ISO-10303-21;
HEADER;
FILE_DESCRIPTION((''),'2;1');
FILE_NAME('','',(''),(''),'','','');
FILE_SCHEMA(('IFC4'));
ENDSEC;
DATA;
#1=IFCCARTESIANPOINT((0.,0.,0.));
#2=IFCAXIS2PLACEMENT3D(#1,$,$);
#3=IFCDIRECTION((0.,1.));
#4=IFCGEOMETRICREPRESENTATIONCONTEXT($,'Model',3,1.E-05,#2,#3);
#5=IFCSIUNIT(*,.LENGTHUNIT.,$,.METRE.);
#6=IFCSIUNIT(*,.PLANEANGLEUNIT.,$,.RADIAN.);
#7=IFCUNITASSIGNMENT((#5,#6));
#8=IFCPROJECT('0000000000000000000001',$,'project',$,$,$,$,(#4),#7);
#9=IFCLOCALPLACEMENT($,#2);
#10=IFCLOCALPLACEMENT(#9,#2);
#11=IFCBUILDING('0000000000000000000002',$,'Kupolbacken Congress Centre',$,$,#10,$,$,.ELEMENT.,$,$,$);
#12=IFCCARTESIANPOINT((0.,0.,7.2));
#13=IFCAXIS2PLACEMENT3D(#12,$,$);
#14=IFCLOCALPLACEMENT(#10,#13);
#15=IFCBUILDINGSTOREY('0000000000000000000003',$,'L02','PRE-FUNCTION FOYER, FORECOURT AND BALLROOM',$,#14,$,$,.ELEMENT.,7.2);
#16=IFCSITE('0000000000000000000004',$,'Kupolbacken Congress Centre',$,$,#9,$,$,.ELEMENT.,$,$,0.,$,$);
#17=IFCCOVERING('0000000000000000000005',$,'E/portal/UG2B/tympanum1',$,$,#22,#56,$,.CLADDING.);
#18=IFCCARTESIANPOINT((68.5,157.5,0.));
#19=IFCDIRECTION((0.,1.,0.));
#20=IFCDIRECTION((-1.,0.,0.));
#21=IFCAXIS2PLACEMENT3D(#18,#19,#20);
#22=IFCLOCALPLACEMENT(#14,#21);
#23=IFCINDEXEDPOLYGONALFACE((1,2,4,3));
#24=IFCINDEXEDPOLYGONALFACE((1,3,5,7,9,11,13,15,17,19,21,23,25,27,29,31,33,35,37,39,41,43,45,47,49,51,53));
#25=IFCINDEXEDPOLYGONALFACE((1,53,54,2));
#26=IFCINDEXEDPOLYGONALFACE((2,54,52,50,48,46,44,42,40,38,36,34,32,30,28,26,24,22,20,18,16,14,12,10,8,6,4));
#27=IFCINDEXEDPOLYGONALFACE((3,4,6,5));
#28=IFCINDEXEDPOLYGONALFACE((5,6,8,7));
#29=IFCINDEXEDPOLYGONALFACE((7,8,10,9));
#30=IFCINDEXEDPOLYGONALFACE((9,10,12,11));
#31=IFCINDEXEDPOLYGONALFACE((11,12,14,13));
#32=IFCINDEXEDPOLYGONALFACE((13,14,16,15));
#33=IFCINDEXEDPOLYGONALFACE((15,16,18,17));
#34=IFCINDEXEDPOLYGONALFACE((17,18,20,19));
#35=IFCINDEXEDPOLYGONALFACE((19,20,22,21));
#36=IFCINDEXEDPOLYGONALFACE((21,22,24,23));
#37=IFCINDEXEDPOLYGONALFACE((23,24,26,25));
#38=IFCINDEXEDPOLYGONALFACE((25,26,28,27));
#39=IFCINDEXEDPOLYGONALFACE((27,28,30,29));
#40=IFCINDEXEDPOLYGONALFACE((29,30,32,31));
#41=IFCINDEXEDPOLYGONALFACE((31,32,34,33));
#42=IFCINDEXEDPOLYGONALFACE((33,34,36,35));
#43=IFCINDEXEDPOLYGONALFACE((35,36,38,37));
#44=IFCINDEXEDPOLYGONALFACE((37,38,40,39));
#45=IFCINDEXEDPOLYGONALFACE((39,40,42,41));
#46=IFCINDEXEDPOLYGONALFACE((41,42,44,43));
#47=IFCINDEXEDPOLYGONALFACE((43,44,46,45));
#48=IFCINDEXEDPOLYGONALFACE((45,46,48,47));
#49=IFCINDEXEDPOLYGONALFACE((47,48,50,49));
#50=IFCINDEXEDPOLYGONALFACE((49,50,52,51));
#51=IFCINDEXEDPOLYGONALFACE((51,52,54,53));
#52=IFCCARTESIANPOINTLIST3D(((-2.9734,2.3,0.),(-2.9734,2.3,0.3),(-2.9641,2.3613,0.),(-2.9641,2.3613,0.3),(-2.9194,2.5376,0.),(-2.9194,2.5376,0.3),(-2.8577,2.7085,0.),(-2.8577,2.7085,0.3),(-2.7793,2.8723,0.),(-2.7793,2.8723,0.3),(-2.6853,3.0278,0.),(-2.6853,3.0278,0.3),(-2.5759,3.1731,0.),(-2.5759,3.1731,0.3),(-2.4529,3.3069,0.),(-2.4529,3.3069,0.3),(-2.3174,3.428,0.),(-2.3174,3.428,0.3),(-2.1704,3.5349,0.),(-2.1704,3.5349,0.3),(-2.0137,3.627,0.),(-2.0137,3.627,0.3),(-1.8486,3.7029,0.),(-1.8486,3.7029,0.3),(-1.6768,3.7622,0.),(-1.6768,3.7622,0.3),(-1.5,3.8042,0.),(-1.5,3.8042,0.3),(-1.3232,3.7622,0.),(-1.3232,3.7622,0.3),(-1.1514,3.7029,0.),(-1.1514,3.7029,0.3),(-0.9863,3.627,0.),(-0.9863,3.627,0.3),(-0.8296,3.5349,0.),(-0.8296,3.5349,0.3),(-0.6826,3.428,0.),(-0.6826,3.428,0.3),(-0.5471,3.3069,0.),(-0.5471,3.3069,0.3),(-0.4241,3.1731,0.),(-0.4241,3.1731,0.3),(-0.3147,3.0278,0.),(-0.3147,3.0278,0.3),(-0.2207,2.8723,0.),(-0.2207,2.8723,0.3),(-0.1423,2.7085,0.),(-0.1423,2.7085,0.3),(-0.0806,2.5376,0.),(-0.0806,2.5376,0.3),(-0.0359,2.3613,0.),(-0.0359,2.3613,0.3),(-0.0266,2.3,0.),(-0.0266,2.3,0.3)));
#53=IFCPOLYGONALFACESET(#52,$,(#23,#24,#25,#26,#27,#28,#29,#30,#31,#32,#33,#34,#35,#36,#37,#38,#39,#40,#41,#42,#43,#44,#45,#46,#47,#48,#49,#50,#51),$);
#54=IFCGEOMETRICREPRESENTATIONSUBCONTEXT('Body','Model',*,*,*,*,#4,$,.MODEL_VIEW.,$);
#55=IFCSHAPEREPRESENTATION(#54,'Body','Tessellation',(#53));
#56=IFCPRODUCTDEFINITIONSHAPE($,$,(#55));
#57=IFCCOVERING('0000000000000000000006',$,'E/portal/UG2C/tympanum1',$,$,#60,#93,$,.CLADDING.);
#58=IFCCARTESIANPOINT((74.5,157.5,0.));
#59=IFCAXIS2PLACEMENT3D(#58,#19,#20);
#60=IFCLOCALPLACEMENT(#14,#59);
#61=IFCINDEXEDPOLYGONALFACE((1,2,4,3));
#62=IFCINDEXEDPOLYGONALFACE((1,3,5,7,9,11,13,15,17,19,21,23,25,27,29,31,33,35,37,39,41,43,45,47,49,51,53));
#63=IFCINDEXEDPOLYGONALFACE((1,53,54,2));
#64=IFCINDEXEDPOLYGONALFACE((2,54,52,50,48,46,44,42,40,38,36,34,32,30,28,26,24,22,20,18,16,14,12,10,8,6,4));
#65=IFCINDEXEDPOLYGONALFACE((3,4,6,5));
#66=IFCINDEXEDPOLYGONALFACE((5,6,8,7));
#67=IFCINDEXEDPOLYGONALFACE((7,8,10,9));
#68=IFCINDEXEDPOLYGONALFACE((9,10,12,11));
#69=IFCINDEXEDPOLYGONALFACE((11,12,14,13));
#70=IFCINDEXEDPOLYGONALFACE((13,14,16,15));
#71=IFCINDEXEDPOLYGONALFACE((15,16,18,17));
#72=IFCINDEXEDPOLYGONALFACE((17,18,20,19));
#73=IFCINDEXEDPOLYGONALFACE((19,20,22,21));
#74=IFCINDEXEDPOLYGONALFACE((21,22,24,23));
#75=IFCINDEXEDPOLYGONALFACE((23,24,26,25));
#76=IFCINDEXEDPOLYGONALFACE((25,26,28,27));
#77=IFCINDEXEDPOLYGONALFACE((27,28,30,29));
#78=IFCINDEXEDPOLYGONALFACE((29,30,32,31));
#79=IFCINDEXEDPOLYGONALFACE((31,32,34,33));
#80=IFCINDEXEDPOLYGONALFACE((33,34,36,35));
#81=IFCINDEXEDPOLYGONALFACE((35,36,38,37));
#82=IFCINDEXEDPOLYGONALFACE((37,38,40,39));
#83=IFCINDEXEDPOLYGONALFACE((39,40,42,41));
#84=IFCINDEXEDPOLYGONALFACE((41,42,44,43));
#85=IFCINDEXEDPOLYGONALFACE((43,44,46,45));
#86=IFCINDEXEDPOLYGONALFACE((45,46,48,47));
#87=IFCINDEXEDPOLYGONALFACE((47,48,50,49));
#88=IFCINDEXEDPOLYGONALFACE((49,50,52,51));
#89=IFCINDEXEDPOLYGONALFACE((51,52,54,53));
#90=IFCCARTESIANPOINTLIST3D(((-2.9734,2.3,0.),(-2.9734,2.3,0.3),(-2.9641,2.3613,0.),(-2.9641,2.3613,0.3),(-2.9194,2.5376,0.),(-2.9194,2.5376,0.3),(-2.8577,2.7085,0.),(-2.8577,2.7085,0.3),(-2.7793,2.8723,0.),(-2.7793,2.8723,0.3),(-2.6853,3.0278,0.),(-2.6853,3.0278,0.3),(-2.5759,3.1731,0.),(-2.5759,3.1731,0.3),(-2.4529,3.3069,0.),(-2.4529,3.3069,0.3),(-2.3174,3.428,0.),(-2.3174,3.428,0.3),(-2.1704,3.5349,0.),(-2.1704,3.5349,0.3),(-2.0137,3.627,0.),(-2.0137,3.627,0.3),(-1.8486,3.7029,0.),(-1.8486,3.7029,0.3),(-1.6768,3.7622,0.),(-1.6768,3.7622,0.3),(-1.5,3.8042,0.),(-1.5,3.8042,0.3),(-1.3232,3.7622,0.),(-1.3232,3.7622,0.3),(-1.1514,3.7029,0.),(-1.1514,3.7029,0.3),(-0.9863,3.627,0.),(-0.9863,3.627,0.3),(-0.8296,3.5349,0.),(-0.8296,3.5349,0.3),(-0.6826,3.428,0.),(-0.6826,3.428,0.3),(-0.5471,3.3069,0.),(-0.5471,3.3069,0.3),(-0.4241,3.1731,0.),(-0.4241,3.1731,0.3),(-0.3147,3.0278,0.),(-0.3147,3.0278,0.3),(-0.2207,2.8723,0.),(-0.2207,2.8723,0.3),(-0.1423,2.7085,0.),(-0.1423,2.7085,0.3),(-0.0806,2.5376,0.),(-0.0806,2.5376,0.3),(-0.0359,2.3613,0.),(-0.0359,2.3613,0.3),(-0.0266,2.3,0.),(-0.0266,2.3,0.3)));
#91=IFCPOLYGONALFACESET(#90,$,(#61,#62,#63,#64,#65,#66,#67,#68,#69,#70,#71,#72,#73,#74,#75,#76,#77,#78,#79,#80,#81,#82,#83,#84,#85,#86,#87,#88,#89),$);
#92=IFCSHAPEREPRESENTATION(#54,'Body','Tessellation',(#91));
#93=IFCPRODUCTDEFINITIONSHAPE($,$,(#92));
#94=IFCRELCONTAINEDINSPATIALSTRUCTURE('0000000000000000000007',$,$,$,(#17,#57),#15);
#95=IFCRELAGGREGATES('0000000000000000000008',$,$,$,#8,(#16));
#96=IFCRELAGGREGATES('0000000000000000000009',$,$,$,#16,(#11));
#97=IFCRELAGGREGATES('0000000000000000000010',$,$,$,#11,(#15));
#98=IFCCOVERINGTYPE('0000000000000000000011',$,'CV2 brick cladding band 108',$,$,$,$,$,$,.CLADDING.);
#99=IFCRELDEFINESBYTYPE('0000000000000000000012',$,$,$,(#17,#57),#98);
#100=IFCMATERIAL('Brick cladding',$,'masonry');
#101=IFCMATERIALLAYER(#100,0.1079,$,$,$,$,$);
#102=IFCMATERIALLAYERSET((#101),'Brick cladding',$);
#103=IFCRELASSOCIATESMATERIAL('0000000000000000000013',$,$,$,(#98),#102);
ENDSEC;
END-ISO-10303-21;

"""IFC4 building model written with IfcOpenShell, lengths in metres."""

from ifc_helpers import new_model, si_unit, direction, frame, origin, place, context, subcontext, project, spatial, polyline, outline, extrude, material, layer, layer_set, type_object, element, save


model = new_model("IFC4")

# Units and contexts
model_context = context("Model", 3, precision=1e-05, world=origin(), true_north=direction((0.0, 1.0)))
body_context = subcontext(model_context, "Body", "Model", "MODEL_VIEW")
ifc_project = project(units=[si_unit("LENGTHUNIT", "METRE"), si_unit("PLANEANGLEUNIT", "RADIAN")], contexts=[model_context])

# Site, building, storey
site_placement = place(None, origin())
site = spatial("IfcSite", under=ifc_project, at=site_placement, Name="Kupolbacken Congress Centre", CompositionType="ELEMENT", RefElevation=0.0)
building_placement = place(site_placement, origin())
building = spatial("IfcBuilding", under=site, at=building_placement, Name="Kupolbacken Congress Centre", CompositionType="ELEMENT")
storey_placement = place(building_placement, frame((0.0, 0.0, 7.2)))
storey = spatial("IfcBuildingStorey", under=building, at=storey_placement, Name="L02", Description="PRE-FUNCTION FOYER, FORECOURT AND BALLROOM", CompositionType="ELEMENT", Elevation=7.2)

# Coverings
ifc_material_1 = material(Name="Brick cladding", Category="masonry")
ifc_layer_1 = layer(ifc_material_1, 0.1079)
ifc_layer_set_1 = layer_set([ifc_layer_1], Name="Brick cladding")
covering_type_1 = type_object("IfcCoveringType", Name="CV2 brick cladding band 108", PredefinedType="CLADDING", material=ifc_layer_set_1)
for number, where, z_axis, x_axis, name in (
    (1, (68.5, 157.5, 0.0), (0.0, 1.0, 0.0), (-1.0, 0.0, 0.0), "E/portal/UG2B/tympanum1"),
    (2, (74.5, 157.5, 0.0), (0.0, 1.0, 0.0), (-1.0, 0.0, 0.0), "E/portal/UG2C/tympanum1"),
):
    element("IfcCovering", number, at=place(storey_placement, frame(where, z_axis=z_axis, x_axis=x_axis)), inside=storey, type_object=covering_type_1, Name=name, PredefinedType="CLADDING", context=body_context, shape_type="SweptSolid", body=[
        extrude(outline(polyline([(-0.0359, 2.3613), (-0.0806, 2.5376), (-0.1423, 2.7085), (-0.2207, 2.8723), (-0.3147, 3.0278), (-0.4241, 3.1731), (-0.5471, 3.3069), (-0.6826, 3.428), (-0.8296, 3.5349), (-0.9863, 3.627), (-1.1514, 3.7029), (-1.3232, 3.7622), (-1.5, 3.8042), (-1.6768, 3.7622), (-1.8486, 3.7029), (-2.0137, 3.627), (-2.1704, 3.5349), (-2.3174, 3.428), (-2.4529, 3.3069), (-2.5759, 3.1731), (-2.6853, 3.0278), (-2.7793, 2.8723), (-2.8577, 2.7085), (-2.9194, 2.5376), (-2.9641, 2.3613), (-2.9734, 2.3), (-0.0266, 2.3), (-0.0359, 2.3613)])), origin(), (0.0, 0.0, 1.0), 0.3),
    ])

save(model, "model.ifc")
